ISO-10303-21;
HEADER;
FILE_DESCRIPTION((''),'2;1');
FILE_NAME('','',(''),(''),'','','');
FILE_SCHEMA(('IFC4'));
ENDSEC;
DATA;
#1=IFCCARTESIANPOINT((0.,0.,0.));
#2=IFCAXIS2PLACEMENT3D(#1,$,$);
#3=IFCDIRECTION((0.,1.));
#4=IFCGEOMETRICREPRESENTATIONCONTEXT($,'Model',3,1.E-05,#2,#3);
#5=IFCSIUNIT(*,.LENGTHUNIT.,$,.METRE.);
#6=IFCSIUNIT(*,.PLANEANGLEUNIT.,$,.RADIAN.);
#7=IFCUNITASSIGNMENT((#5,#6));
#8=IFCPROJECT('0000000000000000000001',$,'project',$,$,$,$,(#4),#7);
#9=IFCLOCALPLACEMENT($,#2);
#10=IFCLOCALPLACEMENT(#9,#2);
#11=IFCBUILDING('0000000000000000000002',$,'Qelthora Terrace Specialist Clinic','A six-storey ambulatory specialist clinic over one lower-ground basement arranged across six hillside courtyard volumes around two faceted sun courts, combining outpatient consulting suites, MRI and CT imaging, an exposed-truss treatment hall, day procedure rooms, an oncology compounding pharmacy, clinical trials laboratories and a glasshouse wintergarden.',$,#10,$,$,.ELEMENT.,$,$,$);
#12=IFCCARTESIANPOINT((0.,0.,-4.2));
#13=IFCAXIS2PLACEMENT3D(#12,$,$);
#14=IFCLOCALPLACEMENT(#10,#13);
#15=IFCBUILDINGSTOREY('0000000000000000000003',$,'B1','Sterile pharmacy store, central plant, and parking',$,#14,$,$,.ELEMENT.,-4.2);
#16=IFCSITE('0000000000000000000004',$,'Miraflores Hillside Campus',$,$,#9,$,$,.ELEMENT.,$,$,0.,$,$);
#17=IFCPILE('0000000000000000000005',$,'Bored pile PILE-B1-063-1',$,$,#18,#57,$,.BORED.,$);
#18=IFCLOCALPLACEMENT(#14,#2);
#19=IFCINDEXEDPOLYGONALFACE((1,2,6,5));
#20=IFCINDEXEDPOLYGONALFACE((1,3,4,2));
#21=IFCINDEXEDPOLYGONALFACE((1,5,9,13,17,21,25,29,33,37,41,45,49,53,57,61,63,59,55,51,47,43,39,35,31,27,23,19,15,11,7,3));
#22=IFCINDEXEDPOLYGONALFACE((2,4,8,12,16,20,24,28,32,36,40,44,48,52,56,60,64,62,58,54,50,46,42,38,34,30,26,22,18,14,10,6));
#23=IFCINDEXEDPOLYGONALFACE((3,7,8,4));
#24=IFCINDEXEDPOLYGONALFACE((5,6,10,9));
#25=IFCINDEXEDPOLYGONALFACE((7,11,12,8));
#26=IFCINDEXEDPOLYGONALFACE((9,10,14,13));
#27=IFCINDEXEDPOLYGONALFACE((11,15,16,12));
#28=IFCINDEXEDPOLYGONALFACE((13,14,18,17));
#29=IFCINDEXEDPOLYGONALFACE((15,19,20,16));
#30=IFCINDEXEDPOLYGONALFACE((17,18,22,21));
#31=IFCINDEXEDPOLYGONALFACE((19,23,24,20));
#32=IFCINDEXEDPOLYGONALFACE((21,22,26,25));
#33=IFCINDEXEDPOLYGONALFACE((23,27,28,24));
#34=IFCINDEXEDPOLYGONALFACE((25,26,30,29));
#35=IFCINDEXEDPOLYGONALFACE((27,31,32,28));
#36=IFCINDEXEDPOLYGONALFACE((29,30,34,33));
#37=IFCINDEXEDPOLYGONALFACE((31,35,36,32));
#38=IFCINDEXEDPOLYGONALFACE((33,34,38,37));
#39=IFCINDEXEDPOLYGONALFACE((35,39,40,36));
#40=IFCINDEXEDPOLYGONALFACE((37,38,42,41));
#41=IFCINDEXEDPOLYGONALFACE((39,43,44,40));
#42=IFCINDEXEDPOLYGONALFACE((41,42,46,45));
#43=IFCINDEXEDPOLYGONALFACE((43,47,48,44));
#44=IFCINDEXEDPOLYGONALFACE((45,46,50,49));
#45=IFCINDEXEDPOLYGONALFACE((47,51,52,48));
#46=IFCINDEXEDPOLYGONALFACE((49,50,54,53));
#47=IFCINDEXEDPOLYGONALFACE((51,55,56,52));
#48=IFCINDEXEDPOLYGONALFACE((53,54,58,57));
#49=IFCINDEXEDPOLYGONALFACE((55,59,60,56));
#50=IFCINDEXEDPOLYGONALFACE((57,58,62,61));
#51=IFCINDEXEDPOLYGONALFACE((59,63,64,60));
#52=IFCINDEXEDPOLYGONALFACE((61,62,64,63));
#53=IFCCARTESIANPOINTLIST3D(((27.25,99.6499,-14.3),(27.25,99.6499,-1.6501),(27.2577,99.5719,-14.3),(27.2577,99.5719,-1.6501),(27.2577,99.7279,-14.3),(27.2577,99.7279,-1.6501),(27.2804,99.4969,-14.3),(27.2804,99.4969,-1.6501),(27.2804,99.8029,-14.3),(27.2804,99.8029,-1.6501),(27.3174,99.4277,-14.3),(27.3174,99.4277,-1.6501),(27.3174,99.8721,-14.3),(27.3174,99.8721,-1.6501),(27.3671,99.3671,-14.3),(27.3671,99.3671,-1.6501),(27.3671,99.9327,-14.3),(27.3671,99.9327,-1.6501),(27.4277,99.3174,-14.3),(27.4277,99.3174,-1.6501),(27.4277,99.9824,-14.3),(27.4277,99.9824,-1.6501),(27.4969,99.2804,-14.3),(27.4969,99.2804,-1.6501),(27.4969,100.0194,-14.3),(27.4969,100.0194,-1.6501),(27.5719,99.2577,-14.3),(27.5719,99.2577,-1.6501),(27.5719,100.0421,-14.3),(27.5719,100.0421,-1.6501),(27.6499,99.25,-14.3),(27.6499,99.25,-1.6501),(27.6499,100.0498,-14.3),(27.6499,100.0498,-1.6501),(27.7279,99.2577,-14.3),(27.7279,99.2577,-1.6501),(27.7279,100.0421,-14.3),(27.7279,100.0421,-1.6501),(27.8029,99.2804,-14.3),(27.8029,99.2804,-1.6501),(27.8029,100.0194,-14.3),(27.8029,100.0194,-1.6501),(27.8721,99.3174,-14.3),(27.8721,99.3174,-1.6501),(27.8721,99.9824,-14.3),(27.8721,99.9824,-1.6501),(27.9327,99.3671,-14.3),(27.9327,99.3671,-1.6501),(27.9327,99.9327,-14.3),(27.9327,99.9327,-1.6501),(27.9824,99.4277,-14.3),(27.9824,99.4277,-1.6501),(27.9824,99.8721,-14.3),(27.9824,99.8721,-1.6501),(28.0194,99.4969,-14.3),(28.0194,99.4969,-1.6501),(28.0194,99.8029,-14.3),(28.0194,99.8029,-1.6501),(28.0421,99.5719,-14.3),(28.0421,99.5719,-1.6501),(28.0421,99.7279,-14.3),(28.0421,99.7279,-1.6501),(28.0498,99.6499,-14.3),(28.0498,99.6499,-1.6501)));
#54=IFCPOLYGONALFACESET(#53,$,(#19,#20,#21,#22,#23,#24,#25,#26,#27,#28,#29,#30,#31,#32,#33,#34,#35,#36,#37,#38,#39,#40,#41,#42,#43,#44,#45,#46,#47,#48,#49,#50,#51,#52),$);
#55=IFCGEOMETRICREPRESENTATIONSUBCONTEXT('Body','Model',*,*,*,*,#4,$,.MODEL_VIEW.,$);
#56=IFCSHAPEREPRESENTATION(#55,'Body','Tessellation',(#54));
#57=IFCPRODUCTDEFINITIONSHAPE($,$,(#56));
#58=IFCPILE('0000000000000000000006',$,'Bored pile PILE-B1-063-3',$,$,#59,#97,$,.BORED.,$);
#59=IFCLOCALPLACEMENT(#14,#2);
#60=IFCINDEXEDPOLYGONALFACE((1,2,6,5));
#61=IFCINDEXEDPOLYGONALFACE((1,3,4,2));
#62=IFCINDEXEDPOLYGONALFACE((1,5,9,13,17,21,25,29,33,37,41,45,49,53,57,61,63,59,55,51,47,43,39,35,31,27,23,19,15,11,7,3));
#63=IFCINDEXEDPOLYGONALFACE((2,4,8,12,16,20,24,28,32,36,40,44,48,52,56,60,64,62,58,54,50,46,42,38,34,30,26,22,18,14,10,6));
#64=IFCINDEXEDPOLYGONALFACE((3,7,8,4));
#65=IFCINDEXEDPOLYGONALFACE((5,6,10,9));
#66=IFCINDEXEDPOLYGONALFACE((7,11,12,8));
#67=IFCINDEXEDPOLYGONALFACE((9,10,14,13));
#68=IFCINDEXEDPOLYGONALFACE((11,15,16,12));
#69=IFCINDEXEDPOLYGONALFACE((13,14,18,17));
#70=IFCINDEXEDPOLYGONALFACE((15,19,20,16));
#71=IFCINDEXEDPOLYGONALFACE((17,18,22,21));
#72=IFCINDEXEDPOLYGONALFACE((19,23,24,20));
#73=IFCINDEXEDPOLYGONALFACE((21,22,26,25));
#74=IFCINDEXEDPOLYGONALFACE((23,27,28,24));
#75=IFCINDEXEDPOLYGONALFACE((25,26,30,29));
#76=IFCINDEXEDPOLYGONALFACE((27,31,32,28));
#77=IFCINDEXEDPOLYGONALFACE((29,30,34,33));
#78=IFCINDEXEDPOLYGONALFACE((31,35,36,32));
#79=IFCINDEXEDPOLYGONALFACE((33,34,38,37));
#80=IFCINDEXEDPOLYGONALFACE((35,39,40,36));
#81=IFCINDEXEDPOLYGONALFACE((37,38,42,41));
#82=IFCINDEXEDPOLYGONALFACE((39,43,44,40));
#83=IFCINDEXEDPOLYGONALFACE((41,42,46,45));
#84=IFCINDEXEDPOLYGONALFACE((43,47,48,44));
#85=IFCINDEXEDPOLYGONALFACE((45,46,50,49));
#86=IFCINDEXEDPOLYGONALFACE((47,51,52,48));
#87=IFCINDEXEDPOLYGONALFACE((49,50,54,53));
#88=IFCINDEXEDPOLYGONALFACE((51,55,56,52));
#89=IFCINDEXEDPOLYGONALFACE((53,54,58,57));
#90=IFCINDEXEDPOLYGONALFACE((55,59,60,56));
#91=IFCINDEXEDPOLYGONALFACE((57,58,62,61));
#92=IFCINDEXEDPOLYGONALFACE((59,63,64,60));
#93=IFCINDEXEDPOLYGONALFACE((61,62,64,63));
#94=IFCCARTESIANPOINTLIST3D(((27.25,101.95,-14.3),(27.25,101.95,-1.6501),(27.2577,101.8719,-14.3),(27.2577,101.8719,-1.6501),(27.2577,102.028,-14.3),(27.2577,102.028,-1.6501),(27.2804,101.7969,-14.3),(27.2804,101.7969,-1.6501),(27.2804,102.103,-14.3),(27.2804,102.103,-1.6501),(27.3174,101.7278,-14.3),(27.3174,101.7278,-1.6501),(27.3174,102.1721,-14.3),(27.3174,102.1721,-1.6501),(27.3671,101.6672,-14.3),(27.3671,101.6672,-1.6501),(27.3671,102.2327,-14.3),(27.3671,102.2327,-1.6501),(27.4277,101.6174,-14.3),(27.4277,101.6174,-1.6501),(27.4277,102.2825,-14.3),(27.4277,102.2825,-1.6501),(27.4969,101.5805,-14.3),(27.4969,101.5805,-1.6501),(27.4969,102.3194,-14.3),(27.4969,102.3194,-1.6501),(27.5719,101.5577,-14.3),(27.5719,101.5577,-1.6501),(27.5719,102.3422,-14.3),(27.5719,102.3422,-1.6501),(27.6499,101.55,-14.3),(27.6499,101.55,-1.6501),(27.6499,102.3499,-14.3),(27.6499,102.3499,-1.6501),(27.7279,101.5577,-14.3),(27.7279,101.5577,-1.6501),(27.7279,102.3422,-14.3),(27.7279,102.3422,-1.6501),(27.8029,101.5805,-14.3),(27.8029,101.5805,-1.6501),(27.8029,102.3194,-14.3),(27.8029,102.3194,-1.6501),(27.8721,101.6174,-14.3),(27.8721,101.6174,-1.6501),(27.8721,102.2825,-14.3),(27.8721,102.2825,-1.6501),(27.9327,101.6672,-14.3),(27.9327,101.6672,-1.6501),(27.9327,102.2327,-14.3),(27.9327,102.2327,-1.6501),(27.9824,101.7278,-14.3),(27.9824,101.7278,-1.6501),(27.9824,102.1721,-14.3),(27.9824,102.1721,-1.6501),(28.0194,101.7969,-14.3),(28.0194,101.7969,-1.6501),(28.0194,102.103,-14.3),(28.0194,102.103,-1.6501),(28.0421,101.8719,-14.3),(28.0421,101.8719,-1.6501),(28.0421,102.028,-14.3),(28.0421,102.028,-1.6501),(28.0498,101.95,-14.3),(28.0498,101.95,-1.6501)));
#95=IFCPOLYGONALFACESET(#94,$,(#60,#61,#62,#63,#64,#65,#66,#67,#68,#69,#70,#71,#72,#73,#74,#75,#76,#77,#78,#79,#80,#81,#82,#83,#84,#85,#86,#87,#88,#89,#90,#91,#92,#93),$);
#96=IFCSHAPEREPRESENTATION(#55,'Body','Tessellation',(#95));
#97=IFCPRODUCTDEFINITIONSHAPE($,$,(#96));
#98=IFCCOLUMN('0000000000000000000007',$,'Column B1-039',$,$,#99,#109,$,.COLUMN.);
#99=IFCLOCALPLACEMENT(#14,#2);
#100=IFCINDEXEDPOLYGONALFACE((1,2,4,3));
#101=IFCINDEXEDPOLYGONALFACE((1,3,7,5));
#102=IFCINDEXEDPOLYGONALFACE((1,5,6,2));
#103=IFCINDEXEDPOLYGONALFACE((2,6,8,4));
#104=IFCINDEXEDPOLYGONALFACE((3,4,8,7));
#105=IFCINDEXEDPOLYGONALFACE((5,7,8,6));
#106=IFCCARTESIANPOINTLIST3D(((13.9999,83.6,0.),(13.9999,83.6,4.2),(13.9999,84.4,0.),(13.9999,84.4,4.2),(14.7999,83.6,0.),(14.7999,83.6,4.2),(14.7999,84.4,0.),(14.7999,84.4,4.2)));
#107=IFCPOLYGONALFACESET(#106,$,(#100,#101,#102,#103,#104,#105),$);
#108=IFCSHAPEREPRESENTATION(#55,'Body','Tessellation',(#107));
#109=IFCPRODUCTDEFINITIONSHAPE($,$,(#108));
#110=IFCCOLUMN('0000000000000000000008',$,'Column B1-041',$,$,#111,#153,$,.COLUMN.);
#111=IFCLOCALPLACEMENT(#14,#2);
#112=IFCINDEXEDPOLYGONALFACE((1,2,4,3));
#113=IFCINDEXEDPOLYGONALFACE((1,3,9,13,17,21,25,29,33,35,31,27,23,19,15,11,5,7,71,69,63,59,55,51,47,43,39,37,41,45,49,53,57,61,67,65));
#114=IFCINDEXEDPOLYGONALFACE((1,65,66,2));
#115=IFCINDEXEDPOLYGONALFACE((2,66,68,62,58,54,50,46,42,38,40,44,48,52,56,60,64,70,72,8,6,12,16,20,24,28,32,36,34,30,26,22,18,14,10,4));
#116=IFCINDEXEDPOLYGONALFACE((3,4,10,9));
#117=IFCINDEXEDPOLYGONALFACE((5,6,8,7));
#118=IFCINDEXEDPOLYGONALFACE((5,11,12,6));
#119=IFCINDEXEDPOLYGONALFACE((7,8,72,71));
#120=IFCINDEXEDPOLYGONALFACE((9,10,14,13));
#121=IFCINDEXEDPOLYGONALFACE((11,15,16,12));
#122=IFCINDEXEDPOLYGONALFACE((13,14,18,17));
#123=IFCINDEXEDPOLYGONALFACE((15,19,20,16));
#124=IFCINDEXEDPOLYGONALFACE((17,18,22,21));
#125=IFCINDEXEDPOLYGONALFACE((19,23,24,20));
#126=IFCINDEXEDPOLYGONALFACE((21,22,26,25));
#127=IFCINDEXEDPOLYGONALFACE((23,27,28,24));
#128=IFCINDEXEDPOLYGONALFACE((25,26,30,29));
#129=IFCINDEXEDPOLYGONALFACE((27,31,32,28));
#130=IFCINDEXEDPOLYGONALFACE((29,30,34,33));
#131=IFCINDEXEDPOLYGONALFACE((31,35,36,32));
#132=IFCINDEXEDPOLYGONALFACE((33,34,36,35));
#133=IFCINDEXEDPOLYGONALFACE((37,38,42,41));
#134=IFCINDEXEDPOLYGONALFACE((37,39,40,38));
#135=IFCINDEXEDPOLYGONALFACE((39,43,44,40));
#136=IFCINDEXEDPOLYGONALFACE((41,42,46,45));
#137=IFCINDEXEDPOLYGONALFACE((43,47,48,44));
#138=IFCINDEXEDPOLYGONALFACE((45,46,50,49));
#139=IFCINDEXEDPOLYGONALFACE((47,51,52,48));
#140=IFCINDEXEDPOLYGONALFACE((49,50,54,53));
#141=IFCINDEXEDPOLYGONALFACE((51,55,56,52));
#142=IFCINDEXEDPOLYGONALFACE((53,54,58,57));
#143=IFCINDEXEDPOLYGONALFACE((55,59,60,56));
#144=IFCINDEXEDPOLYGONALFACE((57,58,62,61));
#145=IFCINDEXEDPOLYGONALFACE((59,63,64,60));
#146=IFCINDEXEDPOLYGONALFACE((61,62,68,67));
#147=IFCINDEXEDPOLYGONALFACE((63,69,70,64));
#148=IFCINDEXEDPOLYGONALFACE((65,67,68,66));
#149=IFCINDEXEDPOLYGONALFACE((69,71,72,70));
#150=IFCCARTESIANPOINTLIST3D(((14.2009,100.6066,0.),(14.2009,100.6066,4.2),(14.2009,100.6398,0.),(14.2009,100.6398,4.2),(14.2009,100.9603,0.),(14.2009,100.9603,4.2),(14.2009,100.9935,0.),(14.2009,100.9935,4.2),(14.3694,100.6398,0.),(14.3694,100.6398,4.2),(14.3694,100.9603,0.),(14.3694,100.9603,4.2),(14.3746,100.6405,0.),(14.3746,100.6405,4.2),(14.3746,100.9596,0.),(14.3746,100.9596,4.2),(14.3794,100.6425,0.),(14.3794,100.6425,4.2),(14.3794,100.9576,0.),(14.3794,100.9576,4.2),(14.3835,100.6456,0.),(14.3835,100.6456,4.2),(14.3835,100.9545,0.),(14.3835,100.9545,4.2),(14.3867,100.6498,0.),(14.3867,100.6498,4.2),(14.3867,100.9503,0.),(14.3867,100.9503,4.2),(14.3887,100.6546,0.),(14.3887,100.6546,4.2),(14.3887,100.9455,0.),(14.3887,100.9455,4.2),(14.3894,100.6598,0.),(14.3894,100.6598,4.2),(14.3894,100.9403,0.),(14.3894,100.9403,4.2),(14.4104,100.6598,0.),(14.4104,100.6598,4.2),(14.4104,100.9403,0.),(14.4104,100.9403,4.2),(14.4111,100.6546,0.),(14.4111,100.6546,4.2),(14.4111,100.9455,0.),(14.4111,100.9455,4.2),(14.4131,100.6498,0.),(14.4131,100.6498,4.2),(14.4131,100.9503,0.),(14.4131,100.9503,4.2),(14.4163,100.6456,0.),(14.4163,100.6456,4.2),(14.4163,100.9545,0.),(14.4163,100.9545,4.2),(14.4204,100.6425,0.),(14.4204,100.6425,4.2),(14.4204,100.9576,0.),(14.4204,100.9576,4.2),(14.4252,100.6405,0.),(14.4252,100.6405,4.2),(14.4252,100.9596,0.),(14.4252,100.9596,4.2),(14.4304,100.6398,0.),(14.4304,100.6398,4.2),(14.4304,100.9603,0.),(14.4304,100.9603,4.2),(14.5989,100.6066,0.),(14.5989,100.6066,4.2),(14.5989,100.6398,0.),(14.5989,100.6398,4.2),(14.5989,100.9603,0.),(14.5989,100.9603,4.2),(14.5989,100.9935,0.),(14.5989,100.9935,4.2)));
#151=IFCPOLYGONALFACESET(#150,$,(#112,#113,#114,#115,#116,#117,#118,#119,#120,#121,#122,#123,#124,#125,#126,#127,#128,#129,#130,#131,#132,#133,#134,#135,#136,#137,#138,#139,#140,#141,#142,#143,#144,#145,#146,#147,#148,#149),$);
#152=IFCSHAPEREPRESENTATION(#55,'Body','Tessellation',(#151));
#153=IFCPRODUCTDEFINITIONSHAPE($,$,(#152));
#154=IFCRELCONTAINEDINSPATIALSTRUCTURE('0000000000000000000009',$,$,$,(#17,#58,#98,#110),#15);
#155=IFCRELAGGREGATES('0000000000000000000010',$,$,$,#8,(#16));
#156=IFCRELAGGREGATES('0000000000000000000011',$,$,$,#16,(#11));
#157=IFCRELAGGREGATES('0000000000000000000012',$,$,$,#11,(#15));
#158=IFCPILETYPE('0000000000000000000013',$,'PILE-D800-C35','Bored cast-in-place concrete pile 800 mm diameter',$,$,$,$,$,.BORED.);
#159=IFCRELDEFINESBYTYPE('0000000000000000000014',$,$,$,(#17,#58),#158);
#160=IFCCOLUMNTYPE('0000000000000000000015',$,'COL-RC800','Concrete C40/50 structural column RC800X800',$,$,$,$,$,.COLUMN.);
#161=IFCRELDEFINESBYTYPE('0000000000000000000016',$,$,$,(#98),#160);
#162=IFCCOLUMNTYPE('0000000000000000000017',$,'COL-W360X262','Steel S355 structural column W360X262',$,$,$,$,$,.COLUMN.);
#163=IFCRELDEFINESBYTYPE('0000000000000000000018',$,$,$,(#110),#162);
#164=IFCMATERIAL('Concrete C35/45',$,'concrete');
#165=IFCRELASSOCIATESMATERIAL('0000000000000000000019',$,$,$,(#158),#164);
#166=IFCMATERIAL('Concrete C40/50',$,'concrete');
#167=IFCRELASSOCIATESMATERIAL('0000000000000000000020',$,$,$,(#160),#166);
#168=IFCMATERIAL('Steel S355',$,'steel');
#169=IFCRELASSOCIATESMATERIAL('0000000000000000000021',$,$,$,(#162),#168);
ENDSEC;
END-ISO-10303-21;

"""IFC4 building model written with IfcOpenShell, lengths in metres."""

from ifc_helpers import new_model, si_unit, direction, frame, origin, origin_2d, place, context, subcontext, project, spatial, rectangle, circle, i_section, extrude, material, material_profile, profile_set, type_object, element, save


model = new_model("IFC4")

# Units and contexts
model_context = context("Model", 3, precision=1e-05, world=origin(), true_north=direction((0.0, 1.0)))
body_context = subcontext(model_context, "Body", "Model", "MODEL_VIEW")
ifc_project = project(units=[si_unit("LENGTHUNIT", "METRE"), si_unit("PLANEANGLEUNIT", "RADIAN")], contexts=[model_context])

# Site, building, storey
site_placement = place(None, origin())
site = spatial("IfcSite", under=ifc_project, at=site_placement, Name="Miraflores Hillside Campus", CompositionType="ELEMENT", RefElevation=0.0)
building_placement = place(site_placement, origin())
building = spatial("IfcBuilding", under=site, at=building_placement, Name="Qelthora Terrace Specialist Clinic", Description="A six-storey ambulatory specialist clinic over one lower-ground basement arranged across six hillside courtyard volumes around two faceted sun courts, combining outpatient consulting suites, MRI and CT imaging, an exposed-truss treatment hall, day procedure rooms, an oncology compounding pharmacy, clinical trials laboratories and a glasshouse wintergarden.", CompositionType="ELEMENT")
storey_placement = place(building_placement, frame((0.0, 0.0, -4.2)))
storey = spatial("IfcBuildingStorey", under=building, at=storey_placement, Name="B1", Description="Sterile pharmacy store, central plant, and parking", CompositionType="ELEMENT", Elevation=-4.2)

# Shared definitions
ifc_material_1 = material(Name="Concrete C35/45", Category="concrete")

# Piles
ifc_material_profile_1 = material_profile(ifc_material_1, circle(Radius=0.3999, at=origin_2d()), Name="PILE800")
ifc_profile_set_1 = profile_set([ifc_material_profile_1], Name="Concrete C35/45")
pile_type_1 = type_object("IfcPileType", Name="PILE-D800-C35", Description="Bored cast-in-place concrete pile 800 mm diameter", PredefinedType="BORED", material=ifc_profile_set_1)
for number, where, z_axis, x_axis, name in (
    (1, (27.6499, 99.6499, -1.6501), (0.0, 0.0, -1.0), (1.0, 0.0, 0.0), "Bored pile PILE-B1-063-1"),
    (2, (27.6499, 101.95, -1.6501), (0.0, 0.0, -1.0), (1.0, 0.0, 0.0), "Bored pile PILE-B1-063-3"),
):
    element("IfcPile", number, at=place(storey_placement, frame(where, z_axis=z_axis, x_axis=x_axis)), inside=storey, type_object=pile_type_1, Name=name, PredefinedType="BORED", context=body_context, shape_type="SweptSolid", body=[
        extrude(circle(Radius=0.3999, at=origin_2d()), origin(), (0.0, 0.0, 1.0), 12.6499),
    ])

# Columns
ifc_material_2 = material(Name="Concrete C40/50", Category="concrete")
ifc_material_profile_2 = material_profile(ifc_material_2, rectangle(XDim=0.8, YDim=0.8, at=origin_2d()), Name="RC800X800")
ifc_profile_set_2 = profile_set([ifc_material_profile_2], Name="Concrete C40/50")
column_type_1 = type_object("IfcColumnType", Name="COL-RC800", Description="Concrete C40/50 structural column RC800X800", PredefinedType="COLUMN", material=ifc_profile_set_2)
column_1_placement = place(storey_placement, frame((14.3999, 84.0, 0.0), z_axis=(0.0, 0.0, 1.0), x_axis=(1.0, 0.0, 0.0)))
element("IfcColumn", 3, at=column_1_placement, inside=storey, type_object=column_type_1, Name="Column B1-039", PredefinedType="COLUMN", context=body_context, shape_type="SweptSolid", body=[
    extrude(rectangle(XDim=0.8, YDim=0.8, at=origin_2d()), origin(), (0.0, 0.0, 1.0), 4.2),
])
ifc_material_3 = material(Name="Steel S355", Category="steel")
ifc_material_profile_3 = material_profile(ifc_material_3, i_section(OverallWidth=0.3979, OverallDepth=0.387, WebThickness=0.021, FlangeThickness=0.0332, FilletRadius=0.02, at=origin_2d()), Name="W360X262")
ifc_profile_set_3 = profile_set([ifc_material_profile_3], Name="Steel S355")
column_type_2 = type_object("IfcColumnType", Name="COL-W360X262", Description="Steel S355 structural column W360X262", PredefinedType="COLUMN", material=ifc_profile_set_3)
column_2_placement = place(storey_placement, frame((14.3999, 100.8, 0.0), z_axis=(0.0, 0.0, 1.0), x_axis=(1.0, 0.0, 0.0)))
element("IfcColumn", 4, at=column_2_placement, inside=storey, type_object=column_type_2, Name="Column B1-041", PredefinedType="COLUMN", context=body_context, shape_type="SweptSolid", body=[
    extrude(i_section(OverallWidth=0.3979, OverallDepth=0.387, WebThickness=0.021, FlangeThickness=0.0332, FilletRadius=0.02, at=origin_2d()), origin(), (0.0, 0.0, 1.0), 4.2),
])

save(model, "model.ifc")
